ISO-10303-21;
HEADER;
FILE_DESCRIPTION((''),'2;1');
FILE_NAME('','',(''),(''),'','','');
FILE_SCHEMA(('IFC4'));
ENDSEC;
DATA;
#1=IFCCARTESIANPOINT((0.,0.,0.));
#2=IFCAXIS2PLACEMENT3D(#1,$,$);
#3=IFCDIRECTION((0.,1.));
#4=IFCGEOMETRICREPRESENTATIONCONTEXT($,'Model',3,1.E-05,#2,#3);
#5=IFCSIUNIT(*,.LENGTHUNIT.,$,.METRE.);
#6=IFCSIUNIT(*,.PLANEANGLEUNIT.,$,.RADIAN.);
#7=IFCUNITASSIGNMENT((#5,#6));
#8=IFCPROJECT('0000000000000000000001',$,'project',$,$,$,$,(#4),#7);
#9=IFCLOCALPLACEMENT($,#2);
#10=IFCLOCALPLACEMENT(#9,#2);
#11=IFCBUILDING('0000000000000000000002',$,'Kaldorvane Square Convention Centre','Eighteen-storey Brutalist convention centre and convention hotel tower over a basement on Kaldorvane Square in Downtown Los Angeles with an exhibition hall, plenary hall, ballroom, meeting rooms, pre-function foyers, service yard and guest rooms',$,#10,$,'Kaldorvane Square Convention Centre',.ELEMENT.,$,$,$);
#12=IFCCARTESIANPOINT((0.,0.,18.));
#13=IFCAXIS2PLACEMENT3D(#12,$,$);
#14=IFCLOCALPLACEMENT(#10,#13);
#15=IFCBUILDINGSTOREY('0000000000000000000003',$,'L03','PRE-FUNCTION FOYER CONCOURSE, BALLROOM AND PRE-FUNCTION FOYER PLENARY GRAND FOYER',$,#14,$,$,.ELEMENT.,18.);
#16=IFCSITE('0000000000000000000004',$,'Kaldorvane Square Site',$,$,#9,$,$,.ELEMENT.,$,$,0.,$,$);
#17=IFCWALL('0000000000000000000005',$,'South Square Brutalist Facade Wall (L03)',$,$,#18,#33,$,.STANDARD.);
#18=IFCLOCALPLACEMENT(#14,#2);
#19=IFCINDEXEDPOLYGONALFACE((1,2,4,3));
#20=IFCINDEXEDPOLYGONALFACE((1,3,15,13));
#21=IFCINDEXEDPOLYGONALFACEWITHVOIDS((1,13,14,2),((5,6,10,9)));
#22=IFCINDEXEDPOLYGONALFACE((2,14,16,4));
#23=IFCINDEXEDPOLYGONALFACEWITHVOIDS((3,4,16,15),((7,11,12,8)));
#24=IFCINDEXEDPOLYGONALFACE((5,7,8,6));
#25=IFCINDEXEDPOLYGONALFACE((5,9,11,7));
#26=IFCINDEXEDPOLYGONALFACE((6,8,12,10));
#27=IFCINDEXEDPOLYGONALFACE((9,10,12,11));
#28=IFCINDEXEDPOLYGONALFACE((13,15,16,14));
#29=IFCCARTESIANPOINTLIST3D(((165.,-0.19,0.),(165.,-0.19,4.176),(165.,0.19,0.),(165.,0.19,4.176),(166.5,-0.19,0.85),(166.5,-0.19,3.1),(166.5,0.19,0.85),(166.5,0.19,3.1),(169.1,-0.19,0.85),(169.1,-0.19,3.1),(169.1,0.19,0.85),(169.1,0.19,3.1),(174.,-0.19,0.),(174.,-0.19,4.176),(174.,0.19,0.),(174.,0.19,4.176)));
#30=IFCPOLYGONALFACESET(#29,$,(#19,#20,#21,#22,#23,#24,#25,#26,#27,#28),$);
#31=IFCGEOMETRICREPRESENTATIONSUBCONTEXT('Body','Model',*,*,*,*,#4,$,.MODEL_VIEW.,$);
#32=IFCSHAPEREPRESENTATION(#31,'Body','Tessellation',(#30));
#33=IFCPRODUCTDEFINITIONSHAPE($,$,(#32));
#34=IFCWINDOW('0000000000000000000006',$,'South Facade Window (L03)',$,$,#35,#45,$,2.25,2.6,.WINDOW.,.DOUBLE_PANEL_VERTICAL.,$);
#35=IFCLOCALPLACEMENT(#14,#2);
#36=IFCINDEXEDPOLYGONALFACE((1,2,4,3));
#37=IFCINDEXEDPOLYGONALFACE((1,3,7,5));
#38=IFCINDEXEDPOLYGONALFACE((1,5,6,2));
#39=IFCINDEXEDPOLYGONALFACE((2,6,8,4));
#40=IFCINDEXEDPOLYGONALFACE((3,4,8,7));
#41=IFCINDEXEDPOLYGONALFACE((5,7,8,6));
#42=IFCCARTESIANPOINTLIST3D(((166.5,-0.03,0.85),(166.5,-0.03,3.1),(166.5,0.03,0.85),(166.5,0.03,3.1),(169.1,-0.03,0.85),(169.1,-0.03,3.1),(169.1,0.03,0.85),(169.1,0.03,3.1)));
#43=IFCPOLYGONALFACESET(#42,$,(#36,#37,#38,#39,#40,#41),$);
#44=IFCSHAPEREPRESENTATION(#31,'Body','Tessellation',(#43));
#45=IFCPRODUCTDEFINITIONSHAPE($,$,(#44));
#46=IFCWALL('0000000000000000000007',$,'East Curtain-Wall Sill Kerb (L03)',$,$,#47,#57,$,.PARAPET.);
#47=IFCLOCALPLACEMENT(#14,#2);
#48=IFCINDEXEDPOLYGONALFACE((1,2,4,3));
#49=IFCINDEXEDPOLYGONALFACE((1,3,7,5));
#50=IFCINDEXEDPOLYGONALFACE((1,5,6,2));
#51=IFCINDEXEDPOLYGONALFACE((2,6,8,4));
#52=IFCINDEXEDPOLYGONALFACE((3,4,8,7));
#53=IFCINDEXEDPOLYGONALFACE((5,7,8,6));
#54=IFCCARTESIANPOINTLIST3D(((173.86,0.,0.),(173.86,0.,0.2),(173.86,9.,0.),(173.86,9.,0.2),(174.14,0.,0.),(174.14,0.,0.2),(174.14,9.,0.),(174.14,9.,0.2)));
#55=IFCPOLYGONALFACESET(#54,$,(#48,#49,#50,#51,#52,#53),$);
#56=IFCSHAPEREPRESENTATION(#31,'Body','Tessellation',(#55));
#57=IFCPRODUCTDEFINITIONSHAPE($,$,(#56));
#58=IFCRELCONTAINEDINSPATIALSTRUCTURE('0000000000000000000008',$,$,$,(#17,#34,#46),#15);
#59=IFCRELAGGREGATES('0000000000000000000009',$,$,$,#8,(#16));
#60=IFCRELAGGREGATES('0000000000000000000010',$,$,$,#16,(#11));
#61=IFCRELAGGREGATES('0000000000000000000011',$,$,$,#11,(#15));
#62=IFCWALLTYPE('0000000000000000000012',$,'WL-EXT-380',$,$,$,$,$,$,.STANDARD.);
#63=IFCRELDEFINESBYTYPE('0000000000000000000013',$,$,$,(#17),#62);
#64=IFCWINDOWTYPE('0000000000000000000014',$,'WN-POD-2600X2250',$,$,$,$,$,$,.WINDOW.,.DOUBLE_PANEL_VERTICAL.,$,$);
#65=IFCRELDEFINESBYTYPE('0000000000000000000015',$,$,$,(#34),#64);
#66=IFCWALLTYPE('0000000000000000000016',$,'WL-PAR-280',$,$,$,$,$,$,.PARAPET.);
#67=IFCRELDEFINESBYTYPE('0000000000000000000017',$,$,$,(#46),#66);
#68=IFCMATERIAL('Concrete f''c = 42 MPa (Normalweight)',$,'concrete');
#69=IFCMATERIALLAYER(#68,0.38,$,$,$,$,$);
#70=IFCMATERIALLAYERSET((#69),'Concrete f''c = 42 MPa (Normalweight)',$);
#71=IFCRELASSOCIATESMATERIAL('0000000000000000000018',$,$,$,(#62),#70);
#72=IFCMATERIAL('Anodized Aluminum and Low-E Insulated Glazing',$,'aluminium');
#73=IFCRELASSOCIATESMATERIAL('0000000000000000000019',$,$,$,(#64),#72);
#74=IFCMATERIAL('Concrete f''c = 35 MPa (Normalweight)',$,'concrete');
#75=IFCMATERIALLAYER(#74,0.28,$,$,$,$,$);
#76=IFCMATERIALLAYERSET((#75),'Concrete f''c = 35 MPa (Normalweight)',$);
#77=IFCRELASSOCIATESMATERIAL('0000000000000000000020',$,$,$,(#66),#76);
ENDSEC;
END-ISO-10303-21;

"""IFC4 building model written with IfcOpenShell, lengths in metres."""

from ifc_helpers import new_model, si_unit, direction, frame, frame_2d, origin, place, context, subcontext, project, spatial, rectangle, extrude, material, layer, layer_set, type_object, element, fill, save


model = new_model("IFC4")

# Units and contexts
model_context = context("Model", 3, precision=1e-05, world=origin(), true_north=direction((0.0, 1.0)))
body_context = subcontext(model_context, "Body", "Model", "MODEL_VIEW")
ifc_project = project(units=[si_unit("LENGTHUNIT", "METRE"), si_unit("PLANEANGLEUNIT", "RADIAN")], contexts=[model_context])

# Site, building, storey
site_placement = place(None, origin())
site = spatial("IfcSite", under=ifc_project, at=site_placement, Name="Kaldorvane Square Site", CompositionType="ELEMENT", RefElevation=0.0)
building_placement = place(site_placement, origin())
building = spatial("IfcBuilding", under=site, at=building_placement, Name="Kaldorvane Square Convention Centre", Description="Eighteen-storey Brutalist convention centre and convention hotel tower over a basement on Kaldorvane Square in Downtown Los Angeles with an exhibition hall, plenary hall, ballroom, meeting rooms, pre-function foyers, service yard and guest rooms", LongName="Kaldorvane Square Convention Centre", CompositionType="ELEMENT")
storey_placement = place(building_placement, frame((0.0, 0.0, 18.0)))
storey = spatial("IfcBuildingStorey", under=building, at=storey_placement, Name="L03", Description="PRE-FUNCTION FOYER CONCOURSE, BALLROOM AND PRE-FUNCTION FOYER PLENARY GRAND FOYER", CompositionType="ELEMENT", Elevation=18.0)

# Shared definitions
ifc_material_1 = material(Name="Concrete f'c = 42 MPa (Normalweight)", Category="concrete")

# Shared definitions
ifc_material_2 = material(Name="Anodized Aluminum and Low-E Insulated Glazing", Category="aluminium")

# Wall, opening, window
ifc_layer_1 = layer(ifc_material_1, 0.38)
ifc_layer_set_1 = layer_set([ifc_layer_1], Name="Concrete f'c = 42 MPa (Normalweight)")
wall_type_1 = type_object("IfcWallType", Name="WL-EXT-380", PredefinedType="STANDARD", material=ifc_layer_set_1)
wall_1_placement = place(storey_placement, frame((165.0, 0.0, 0.0), z_axis=(0.0, 0.0, 1.0), x_axis=(1.0, 0.0, 0.0)))
wall_1 = element("IfcWall", 1, at=wall_1_placement, inside=storey, type_object=wall_type_1, Name="South Square Brutalist Facade Wall (L03)", PredefinedType="STANDARD", context=body_context, shape_type="SweptSolid", body=[
    extrude(rectangle(XDim=9.0, YDim=0.38, at=frame_2d((4.5, 0.0))), origin(), (0.0, 0.0, 1.0), 4.176),
])
opening_placement = place(wall_1_placement, frame((1.5, 0.0, 0.85)))
opening = element("IfcOpeningElement", 2, at=opening_placement, cuts=wall_1, PredefinedType="OPENING", context=body_context, shape_type="SweptSolid", body=[
    extrude(rectangle(XDim=2.6, YDim=2.25, at=frame_2d((1.3, 1.125))), frame((0.0, 0.205, 0.0), z_axis=(0.0, -1.0, 0.0), x_axis=(1.0, 0.0, 0.0)), (0.0, 0.0, 1.0), 0.41),
])
window_type = type_object("IfcWindowType", Name="WN-POD-2600X2250", PartitioningType="DOUBLE_PANEL_VERTICAL", PredefinedType="WINDOW", material=ifc_material_2)
window_placement = place(opening_placement, origin())
window = element("IfcWindow", 3, at=window_placement, inside=storey, type_object=window_type, Name="South Facade Window (L03)", OverallHeight=2.25, OverallWidth=2.6, PartitioningType="DOUBLE_PANEL_VERTICAL", PredefinedType="WINDOW", context=body_context, shape_type="SweptSolid", body=[
    extrude(rectangle(XDim=2.6, YDim=2.25, at=frame_2d((1.3, 1.125))), frame((0.0, 0.03, 0.0), z_axis=(0.0, -1.0, 0.0), x_axis=(1.0, 0.0, 0.0)), (0.0, 0.0, 1.0), 0.06),
])
fill(opening, window)

# Wall
ifc_material_3 = material(Name="Concrete f'c = 35 MPa (Normalweight)", Category="concrete")
ifc_layer_2 = layer(ifc_material_3, 0.28)
ifc_layer_set_2 = layer_set([ifc_layer_2], Name="Concrete f'c = 35 MPa (Normalweight)")
wall_type_2 = type_object("IfcWallType", Name="WL-PAR-280", PredefinedType="PARAPET", material=ifc_layer_set_2)
wall_2_placement = place(storey_placement, frame((174.0, 0.0, 0.0), z_axis=(0.0, 0.0, 1.0), x_axis=(0.0, 1.0, 0.0)))
element("IfcWall", 4, at=wall_2_placement, inside=storey, type_object=wall_type_2, Name="East Curtain-Wall Sill Kerb (L03)", PredefinedType="PARAPET", context=body_context, shape_type="SweptSolid", body=[
    extrude(rectangle(XDim=9.0, YDim=0.28, at=frame_2d((4.5, 0.0))), origin(), (0.0, 0.0, 1.0), 0.2),
])

save(model, "model.ifc")
